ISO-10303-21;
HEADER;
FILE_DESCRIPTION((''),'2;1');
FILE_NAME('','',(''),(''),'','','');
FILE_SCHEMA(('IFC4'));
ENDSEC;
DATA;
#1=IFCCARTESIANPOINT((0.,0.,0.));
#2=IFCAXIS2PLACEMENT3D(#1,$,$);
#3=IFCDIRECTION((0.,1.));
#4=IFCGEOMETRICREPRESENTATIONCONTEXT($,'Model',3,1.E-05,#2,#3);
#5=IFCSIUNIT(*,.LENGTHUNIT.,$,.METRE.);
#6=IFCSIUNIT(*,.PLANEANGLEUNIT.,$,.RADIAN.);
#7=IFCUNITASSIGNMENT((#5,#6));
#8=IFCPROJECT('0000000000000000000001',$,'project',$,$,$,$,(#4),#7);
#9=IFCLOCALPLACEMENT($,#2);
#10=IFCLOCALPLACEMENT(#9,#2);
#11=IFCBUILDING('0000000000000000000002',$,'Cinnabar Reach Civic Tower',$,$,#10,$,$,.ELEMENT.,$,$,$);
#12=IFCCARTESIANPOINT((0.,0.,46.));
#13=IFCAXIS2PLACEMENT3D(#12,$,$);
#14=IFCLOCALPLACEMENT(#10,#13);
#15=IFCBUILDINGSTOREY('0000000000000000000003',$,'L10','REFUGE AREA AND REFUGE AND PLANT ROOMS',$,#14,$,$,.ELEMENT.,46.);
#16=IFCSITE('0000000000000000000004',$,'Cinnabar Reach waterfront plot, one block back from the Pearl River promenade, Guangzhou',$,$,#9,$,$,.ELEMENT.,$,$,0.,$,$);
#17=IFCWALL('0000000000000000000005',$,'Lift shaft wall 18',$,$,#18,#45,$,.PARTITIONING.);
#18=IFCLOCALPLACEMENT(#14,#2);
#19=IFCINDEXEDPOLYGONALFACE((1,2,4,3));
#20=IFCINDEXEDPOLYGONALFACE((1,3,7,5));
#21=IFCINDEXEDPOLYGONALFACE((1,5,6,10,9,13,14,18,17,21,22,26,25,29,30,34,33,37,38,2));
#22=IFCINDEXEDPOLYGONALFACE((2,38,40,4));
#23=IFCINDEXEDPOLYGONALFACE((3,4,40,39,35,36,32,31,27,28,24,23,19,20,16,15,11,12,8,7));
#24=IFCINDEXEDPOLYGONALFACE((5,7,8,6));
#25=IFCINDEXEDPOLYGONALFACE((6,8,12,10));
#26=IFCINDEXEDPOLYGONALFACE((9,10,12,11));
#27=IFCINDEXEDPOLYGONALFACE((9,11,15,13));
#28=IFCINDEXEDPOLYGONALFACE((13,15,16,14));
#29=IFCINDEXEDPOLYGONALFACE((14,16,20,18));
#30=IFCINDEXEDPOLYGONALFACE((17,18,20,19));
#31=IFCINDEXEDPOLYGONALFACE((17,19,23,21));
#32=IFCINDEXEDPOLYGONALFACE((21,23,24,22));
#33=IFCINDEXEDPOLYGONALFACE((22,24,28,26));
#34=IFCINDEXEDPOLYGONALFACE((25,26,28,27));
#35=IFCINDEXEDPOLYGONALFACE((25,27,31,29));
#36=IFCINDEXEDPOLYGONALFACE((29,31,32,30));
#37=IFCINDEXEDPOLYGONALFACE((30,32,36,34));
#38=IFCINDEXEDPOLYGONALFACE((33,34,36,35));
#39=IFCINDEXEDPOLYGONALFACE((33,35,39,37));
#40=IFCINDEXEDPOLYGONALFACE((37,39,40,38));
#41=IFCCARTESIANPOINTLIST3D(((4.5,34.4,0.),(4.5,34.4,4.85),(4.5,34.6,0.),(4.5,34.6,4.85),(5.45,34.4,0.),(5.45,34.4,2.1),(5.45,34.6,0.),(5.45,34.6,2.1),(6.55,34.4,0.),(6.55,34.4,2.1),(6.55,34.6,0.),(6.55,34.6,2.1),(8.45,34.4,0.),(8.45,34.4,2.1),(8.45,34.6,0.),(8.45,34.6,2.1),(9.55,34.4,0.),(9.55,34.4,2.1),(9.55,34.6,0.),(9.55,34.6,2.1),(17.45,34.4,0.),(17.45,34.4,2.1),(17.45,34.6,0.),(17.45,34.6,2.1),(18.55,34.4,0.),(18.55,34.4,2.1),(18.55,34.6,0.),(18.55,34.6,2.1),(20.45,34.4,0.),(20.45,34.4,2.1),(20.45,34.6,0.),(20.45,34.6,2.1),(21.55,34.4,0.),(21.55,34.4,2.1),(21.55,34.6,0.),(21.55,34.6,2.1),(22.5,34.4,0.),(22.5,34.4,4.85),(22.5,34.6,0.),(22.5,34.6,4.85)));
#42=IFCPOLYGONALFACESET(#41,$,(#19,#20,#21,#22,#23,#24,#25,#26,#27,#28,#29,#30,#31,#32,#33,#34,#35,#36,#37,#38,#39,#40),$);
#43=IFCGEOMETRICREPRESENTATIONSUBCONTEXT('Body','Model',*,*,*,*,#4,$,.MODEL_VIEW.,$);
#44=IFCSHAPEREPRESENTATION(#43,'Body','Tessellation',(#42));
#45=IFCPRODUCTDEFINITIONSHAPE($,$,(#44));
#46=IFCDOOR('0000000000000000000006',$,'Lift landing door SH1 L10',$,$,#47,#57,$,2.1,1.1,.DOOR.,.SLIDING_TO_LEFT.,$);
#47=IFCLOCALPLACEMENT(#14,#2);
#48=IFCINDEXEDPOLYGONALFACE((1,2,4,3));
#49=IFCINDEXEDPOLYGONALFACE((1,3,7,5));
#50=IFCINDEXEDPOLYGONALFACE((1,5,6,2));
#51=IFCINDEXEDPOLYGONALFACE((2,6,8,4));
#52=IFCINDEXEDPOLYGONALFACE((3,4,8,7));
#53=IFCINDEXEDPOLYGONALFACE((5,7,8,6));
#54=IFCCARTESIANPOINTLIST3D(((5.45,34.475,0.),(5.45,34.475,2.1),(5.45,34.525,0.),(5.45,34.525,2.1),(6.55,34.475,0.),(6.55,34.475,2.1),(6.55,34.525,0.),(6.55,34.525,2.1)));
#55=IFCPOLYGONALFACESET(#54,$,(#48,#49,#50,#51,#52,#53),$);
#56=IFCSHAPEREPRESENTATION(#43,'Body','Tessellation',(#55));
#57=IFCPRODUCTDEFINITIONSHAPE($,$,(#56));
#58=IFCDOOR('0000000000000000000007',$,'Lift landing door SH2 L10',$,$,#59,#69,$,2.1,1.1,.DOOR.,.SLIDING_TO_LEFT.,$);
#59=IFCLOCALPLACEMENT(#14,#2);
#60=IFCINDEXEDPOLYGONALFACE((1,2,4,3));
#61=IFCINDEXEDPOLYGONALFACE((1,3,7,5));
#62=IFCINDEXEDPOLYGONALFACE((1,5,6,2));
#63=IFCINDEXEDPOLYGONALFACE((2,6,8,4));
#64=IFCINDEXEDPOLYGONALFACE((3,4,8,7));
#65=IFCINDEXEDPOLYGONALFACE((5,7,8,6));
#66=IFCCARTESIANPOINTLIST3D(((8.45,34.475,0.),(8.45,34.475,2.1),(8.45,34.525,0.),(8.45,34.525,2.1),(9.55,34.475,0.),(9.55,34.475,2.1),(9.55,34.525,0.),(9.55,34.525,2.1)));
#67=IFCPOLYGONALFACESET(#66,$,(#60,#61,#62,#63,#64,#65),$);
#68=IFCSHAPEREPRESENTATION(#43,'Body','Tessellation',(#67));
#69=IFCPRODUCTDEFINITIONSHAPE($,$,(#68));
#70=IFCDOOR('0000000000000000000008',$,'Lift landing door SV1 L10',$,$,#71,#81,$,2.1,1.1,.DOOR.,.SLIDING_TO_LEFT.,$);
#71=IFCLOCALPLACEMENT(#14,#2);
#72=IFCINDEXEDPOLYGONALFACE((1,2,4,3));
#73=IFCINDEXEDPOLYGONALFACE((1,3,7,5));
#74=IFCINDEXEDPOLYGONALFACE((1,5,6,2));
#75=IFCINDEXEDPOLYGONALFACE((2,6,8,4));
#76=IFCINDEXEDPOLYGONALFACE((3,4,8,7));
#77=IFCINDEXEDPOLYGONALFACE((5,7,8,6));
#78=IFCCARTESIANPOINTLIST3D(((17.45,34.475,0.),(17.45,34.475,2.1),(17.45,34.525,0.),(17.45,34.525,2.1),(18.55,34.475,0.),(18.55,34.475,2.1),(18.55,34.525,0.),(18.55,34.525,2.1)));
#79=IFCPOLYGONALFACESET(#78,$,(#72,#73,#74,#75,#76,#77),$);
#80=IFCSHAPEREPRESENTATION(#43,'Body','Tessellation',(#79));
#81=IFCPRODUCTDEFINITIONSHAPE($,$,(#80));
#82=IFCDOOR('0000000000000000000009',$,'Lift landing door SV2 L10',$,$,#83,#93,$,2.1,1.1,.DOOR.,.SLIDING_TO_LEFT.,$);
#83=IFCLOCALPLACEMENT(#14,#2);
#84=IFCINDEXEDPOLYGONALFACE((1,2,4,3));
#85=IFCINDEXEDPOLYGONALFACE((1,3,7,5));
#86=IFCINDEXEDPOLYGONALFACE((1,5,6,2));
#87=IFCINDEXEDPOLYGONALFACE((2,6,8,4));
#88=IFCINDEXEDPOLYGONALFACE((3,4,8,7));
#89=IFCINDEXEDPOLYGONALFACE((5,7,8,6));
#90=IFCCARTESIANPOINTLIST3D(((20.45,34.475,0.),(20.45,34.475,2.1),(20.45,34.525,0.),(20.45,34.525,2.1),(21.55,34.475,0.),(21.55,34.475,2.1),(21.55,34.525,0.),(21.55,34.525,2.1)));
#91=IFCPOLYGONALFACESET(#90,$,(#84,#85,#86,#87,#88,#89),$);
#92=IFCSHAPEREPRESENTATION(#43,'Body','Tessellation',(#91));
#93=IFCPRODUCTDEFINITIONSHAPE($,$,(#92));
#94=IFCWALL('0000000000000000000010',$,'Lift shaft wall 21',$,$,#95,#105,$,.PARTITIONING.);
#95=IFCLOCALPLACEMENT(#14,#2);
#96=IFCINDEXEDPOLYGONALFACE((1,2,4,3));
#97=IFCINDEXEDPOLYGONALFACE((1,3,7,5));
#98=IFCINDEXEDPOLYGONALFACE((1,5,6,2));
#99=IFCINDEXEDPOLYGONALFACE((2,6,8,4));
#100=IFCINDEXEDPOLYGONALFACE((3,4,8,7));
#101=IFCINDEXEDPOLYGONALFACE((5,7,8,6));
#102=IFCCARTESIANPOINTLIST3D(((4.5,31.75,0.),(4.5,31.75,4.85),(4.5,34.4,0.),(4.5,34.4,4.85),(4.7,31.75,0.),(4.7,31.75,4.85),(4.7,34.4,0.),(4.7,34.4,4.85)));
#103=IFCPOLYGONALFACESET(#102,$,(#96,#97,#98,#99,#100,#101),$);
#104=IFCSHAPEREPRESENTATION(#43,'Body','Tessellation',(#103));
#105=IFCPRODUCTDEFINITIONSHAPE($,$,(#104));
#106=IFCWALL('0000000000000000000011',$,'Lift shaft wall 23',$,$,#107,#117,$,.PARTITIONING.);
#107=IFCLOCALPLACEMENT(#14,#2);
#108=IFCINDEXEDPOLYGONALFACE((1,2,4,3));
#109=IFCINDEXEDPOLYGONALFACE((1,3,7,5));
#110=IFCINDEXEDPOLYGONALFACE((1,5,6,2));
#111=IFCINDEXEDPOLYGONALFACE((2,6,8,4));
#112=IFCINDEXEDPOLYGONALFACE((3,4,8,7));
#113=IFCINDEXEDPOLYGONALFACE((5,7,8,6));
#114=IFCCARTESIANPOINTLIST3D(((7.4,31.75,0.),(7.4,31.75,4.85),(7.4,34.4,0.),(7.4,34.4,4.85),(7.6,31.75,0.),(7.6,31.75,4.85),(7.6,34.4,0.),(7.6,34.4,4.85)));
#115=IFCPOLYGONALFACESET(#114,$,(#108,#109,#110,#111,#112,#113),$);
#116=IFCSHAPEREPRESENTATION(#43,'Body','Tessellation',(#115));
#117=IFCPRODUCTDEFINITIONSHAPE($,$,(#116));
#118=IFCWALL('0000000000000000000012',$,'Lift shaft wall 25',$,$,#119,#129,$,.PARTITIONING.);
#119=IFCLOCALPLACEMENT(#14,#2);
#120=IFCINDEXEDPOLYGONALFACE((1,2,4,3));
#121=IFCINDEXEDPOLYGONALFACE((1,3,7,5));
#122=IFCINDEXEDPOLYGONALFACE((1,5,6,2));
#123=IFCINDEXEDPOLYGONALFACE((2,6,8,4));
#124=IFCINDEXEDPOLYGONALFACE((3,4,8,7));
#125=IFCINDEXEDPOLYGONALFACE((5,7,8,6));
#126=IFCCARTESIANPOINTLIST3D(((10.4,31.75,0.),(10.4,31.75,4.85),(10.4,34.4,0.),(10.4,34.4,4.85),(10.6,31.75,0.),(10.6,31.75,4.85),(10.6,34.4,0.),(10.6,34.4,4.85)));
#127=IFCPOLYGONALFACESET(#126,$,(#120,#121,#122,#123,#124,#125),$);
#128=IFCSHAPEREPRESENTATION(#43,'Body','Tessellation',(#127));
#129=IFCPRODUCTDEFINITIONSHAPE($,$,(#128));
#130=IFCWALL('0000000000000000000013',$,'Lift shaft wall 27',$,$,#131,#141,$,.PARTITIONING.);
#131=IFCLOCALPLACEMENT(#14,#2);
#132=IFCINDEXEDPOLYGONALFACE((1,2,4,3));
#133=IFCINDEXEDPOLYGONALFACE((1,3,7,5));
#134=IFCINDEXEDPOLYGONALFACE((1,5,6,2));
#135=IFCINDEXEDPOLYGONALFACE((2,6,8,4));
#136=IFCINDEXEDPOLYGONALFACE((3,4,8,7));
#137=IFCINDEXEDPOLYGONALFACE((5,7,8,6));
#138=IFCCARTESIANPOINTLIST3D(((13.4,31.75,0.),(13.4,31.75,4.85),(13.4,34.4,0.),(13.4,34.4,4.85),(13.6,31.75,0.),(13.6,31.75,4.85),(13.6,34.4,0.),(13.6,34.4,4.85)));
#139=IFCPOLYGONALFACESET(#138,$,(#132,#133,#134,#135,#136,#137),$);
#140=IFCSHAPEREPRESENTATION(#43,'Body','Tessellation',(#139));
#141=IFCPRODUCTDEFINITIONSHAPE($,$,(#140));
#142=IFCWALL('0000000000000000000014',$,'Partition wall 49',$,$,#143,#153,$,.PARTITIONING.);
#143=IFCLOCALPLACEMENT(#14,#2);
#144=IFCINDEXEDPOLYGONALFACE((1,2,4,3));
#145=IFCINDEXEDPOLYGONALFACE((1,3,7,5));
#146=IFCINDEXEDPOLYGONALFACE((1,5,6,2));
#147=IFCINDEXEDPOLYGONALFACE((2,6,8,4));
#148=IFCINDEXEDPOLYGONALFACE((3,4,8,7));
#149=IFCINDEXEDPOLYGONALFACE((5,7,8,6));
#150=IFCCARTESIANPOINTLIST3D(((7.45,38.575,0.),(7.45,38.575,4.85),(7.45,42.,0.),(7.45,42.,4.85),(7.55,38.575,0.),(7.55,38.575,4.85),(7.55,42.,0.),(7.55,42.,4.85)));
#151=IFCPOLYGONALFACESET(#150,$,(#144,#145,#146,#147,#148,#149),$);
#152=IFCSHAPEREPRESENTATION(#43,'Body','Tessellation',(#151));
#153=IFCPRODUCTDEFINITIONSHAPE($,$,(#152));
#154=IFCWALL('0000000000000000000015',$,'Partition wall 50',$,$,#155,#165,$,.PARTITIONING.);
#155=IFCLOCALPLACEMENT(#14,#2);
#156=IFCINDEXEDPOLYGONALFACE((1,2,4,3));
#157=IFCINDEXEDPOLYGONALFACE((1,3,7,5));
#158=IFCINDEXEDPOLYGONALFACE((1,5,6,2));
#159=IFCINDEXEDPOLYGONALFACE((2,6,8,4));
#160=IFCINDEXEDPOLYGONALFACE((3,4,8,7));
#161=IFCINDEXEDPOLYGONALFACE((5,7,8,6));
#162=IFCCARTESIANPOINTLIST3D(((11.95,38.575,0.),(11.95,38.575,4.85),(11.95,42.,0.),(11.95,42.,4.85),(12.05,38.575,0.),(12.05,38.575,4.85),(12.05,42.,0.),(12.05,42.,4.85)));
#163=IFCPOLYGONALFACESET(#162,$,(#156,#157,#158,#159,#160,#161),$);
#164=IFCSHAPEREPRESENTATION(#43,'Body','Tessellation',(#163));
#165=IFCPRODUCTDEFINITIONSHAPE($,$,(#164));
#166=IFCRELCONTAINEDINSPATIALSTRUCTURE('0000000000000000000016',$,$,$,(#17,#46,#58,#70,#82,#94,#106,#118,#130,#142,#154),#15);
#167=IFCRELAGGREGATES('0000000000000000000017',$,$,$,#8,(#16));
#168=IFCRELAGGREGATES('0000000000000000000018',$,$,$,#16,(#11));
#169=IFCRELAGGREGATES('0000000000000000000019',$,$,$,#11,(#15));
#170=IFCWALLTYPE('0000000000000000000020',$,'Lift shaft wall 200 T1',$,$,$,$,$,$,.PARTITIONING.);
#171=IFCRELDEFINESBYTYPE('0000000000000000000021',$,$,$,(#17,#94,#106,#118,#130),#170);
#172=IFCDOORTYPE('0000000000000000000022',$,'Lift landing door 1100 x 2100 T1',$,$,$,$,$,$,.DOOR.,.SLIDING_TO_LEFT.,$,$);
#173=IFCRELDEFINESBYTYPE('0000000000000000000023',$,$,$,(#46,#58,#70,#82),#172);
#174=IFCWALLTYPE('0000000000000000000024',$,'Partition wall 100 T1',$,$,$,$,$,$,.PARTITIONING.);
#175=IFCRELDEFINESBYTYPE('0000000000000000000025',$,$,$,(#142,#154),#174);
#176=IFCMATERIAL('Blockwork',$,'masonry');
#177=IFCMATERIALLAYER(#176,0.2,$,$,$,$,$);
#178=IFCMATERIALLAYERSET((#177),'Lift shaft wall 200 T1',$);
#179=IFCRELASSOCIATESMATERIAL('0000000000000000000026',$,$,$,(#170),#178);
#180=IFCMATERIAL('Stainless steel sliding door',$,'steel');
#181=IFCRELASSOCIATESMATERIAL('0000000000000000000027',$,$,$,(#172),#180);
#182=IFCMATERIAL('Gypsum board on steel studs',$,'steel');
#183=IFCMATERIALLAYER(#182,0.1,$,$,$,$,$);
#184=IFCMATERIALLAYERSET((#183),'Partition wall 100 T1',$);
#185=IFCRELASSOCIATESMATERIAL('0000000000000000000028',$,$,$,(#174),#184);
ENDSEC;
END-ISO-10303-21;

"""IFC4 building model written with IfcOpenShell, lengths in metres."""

from ifc_helpers import new_model, si_unit, direction, frame, frame_2d, origin, place, context, subcontext, project, spatial, rectangle, extrude, material, layer, layer_set, type_object, element, fill, save


model = new_model("IFC4")

# Units and contexts
model_context = context("Model", 3, precision=1e-05, world=origin(), true_north=direction((0.0, 1.0)))
body_context = subcontext(model_context, "Body", "Model", "MODEL_VIEW")
ifc_project = project(units=[si_unit("LENGTHUNIT", "METRE"), si_unit("PLANEANGLEUNIT", "RADIAN")], contexts=[model_context])

# Site, building, storey
site_placement = place(None, origin())
site = spatial("IfcSite", under=ifc_project, at=site_placement, Name="Cinnabar Reach waterfront plot, one block back from the Pearl River promenade, Guangzhou", CompositionType="ELEMENT", RefElevation=0.0)
building_placement = place(site_placement, origin())
building = spatial("IfcBuilding", under=site, at=building_placement, Name="Cinnabar Reach Civic Tower", CompositionType="ELEMENT")
storey_placement = place(building_placement, frame((0.0, 0.0, 46.0)))
storey = spatial("IfcBuildingStorey", under=building, at=storey_placement, Name="L10", Description="REFUGE AREA AND REFUGE AND PLANT ROOMS", CompositionType="ELEMENT", Elevation=46.0)

# Wall, openings, doors
ifc_material_1 = material(Name="Blockwork", Category="masonry")
ifc_layer_1 = layer(ifc_material_1, 0.2)
ifc_layer_set_1 = layer_set([ifc_layer_1], Name="Lift shaft wall 200 T1")
wall_type_1 = type_object("IfcWallType", Name="Lift shaft wall 200 T1", PredefinedType="PARTITIONING", material=ifc_layer_set_1)
wall_1_placement = place(storey_placement, frame((4.5, 34.5, 0.0), z_axis=(0.0, 0.0, 1.0), x_axis=(1.0, 0.0, 0.0)))
wall_1 = element("IfcWall", 1, at=wall_1_placement, inside=storey, type_object=wall_type_1, Name="Lift shaft wall 18", PredefinedType="PARTITIONING", context=body_context, shape_type="SweptSolid", body=[
    extrude(rectangle(XDim=18.0, YDim=0.2, at=frame_2d((9.0, 0.0))), origin(), (0.0, 0.0, 1.0), 4.85),
])
opening_1_placement = place(wall_1_placement, frame((0.95, 0.0, 0.0)))
opening_1 = element("IfcOpeningElement", 2, at=opening_1_placement, cuts=wall_1, PredefinedType="OPENING", context=body_context, shape_type="SweptSolid", body=[
    extrude(rectangle(XDim=1.1, YDim=2.1, at=frame_2d((0.55, 1.05))), frame((0.0, 0.11, 0.0), z_axis=(0.0, -1.0, 0.0), x_axis=(1.0, 0.0, 0.0)), (0.0, 0.0, 1.0), 0.22),
])
opening_2_placement = place(wall_1_placement, frame((3.95, 0.0, 0.0)))
opening_2 = element("IfcOpeningElement", 3, at=opening_2_placement, cuts=wall_1, PredefinedType="OPENING", context=body_context, shape_type="SweptSolid", body=[
    extrude(rectangle(XDim=1.1, YDim=2.1, at=frame_2d((0.55, 1.05))), frame((0.0, 0.11, 0.0), z_axis=(0.0, -1.0, 0.0), x_axis=(1.0, 0.0, 0.0)), (0.0, 0.0, 1.0), 0.22),
])
opening_3_placement = place(wall_1_placement, frame((12.95, 0.0, 0.0)))
opening_3 = element("IfcOpeningElement", 4, at=opening_3_placement, cuts=wall_1, PredefinedType="OPENING", context=body_context, shape_type="SweptSolid", body=[
    extrude(rectangle(XDim=1.1, YDim=2.1, at=frame_2d((0.55, 1.05))), frame((0.0, 0.11, 0.0), z_axis=(0.0, -1.0, 0.0), x_axis=(1.0, 0.0, 0.0)), (0.0, 0.0, 1.0), 0.22),
])
opening_4_placement = place(wall_1_placement, frame((15.95, 0.0, 0.0)))
opening_4 = element("IfcOpeningElement", 5, at=opening_4_placement, cuts=wall_1, PredefinedType="OPENING", context=body_context, shape_type="SweptSolid", body=[
    extrude(rectangle(XDim=1.1, YDim=2.1, at=frame_2d((0.55, 1.05))), frame((0.0, 0.11, 0.0), z_axis=(0.0, -1.0, 0.0), x_axis=(1.0, 0.0, 0.0)), (0.0, 0.0, 1.0), 0.22),
])
ifc_material_2 = material(Name="Stainless steel sliding door", Category="steel")
door_type_1 = type_object("IfcDoorType", Name="Lift landing door 1100 x 2100 T1", OperationType="SLIDING_TO_LEFT", PredefinedType="DOOR", material=ifc_material_2)
door_1_placement = place(opening_1_placement, origin())
door_1 = element("IfcDoor", 6, at=door_1_placement, inside=storey, type_object=door_type_1, Name="Lift landing door SH1 L10", OperationType="SLIDING_TO_LEFT", OverallHeight=2.1, OverallWidth=1.1, PredefinedType="DOOR", context=body_context, shape_type="SweptSolid", body=[
    extrude(rectangle(XDim=1.1, YDim=2.1, at=frame_2d((0.55, 1.05))), frame((0.0, 0.025, 0.0), z_axis=(0.0, -1.0, 0.0), x_axis=(1.0, 0.0, 0.0)), (0.0, 0.0, 1.0), 0.05),
])
fill(opening_1, door_1)
door_2_placement = place(opening_2_placement, origin())
door_2 = element("IfcDoor", 7, at=door_2_placement, inside=storey, type_object=door_type_1, Name="Lift landing door SH2 L10", OperationType="SLIDING_TO_LEFT", OverallHeight=2.1, OverallWidth=1.1, PredefinedType="DOOR", context=body_context, shape_type="SweptSolid", body=[
    extrude(rectangle(XDim=1.1, YDim=2.1, at=frame_2d((0.55, 1.05))), frame((0.0, 0.025, 0.0), z_axis=(0.0, -1.0, 0.0), x_axis=(1.0, 0.0, 0.0)), (0.0, 0.0, 1.0), 0.05),
])
fill(opening_2, door_2)
door_3_placement = place(opening_3_placement, origin())
door_3 = element("IfcDoor", 8, at=door_3_placement, inside=storey, type_object=door_type_1, Name="Lift landing door SV1 L10", OperationType="SLIDING_TO_LEFT", OverallHeight=2.1, OverallWidth=1.1, PredefinedType="DOOR", context=body_context, shape_type="SweptSolid", body=[
    extrude(rectangle(XDim=1.1, YDim=2.1, at=frame_2d((0.55, 1.05))), frame((0.0, 0.025, 0.0), z_axis=(0.0, -1.0, 0.0), x_axis=(1.0, 0.0, 0.0)), (0.0, 0.0, 1.0), 0.05),
])
fill(opening_3, door_3)
door_4_placement = place(opening_4_placement, origin())
door_4 = element("IfcDoor", 9, at=door_4_placement, inside=storey, type_object=door_type_1, Name="Lift landing door SV2 L10", OperationType="SLIDING_TO_LEFT", OverallHeight=2.1, OverallWidth=1.1, PredefinedType="DOOR", context=body_context, shape_type="SweptSolid", body=[
    extrude(rectangle(XDim=1.1, YDim=2.1, at=frame_2d((0.55, 1.05))), frame((0.0, 0.025, 0.0), z_axis=(0.0, -1.0, 0.0), x_axis=(1.0, 0.0, 0.0)), (0.0, 0.0, 1.0), 0.05),
])
fill(opening_4, door_4)

# Walls
for number, where, z_axis, x_axis, name in (
    (10, (4.6, 31.75, 0.0), (0.0, 0.0, 1.0), (0.0, 1.0, 0.0), "Lift shaft wall 21"),
    (11, (7.5, 31.75, 0.0), (0.0, 0.0, 1.0), (0.0, 1.0, 0.0), "Lift shaft wall 23"),
    (12, (10.5, 31.75, 0.0), (0.0, 0.0, 1.0), (0.0, 1.0, 0.0), "Lift shaft wall 25"),
    (13, (13.5, 31.75, 0.0), (0.0, 0.0, 1.0), (0.0, 1.0, 0.0), "Lift shaft wall 27"),
):
    element("IfcWall", number, at=place(storey_placement, frame(where, z_axis=z_axis, x_axis=x_axis)), inside=storey, type_object=wall_type_1, Name=name, PredefinedType="PARTITIONING", context=body_context, shape_type="SweptSolid", body=[
        extrude(rectangle(XDim=2.65, YDim=0.2, at=frame_2d((1.325, 0.0))), origin(), (0.0, 0.0, 1.0), 4.85),
    ])
ifc_material_3 = material(Name="Gypsum board on steel studs", Category="steel")
ifc_layer_2 = layer(ifc_material_3, 0.1)
ifc_layer_set_2 = layer_set([ifc_layer_2], Name="Partition wall 100 T1")
wall_type_2 = type_object("IfcWallType", Name="Partition wall 100 T1", PredefinedType="PARTITIONING", material=ifc_layer_set_2)
for number, where, z_axis, x_axis, name in (
    (14, (7.5, 38.575, 0.0), (0.0, 0.0, 1.0), (0.0, 1.0, 0.0), "Partition wall 49"),
    (15, (12.0, 38.575, 0.0), (0.0, 0.0, 1.0), (0.0, 1.0, 0.0), "Partition wall 50"),
):
    element("IfcWall", number, at=place(storey_placement, frame(where, z_axis=z_axis, x_axis=x_axis)), inside=storey, type_object=wall_type_2, Name=name, PredefinedType="PARTITIONING", context=body_context, shape_type="SweptSolid", body=[
        extrude(rectangle(XDim=3.425, YDim=0.1, at=frame_2d((1.7125, 0.0))), origin(), (0.0, 0.0, 1.0), 4.85),
    ])

save(model, "model.ifc")
